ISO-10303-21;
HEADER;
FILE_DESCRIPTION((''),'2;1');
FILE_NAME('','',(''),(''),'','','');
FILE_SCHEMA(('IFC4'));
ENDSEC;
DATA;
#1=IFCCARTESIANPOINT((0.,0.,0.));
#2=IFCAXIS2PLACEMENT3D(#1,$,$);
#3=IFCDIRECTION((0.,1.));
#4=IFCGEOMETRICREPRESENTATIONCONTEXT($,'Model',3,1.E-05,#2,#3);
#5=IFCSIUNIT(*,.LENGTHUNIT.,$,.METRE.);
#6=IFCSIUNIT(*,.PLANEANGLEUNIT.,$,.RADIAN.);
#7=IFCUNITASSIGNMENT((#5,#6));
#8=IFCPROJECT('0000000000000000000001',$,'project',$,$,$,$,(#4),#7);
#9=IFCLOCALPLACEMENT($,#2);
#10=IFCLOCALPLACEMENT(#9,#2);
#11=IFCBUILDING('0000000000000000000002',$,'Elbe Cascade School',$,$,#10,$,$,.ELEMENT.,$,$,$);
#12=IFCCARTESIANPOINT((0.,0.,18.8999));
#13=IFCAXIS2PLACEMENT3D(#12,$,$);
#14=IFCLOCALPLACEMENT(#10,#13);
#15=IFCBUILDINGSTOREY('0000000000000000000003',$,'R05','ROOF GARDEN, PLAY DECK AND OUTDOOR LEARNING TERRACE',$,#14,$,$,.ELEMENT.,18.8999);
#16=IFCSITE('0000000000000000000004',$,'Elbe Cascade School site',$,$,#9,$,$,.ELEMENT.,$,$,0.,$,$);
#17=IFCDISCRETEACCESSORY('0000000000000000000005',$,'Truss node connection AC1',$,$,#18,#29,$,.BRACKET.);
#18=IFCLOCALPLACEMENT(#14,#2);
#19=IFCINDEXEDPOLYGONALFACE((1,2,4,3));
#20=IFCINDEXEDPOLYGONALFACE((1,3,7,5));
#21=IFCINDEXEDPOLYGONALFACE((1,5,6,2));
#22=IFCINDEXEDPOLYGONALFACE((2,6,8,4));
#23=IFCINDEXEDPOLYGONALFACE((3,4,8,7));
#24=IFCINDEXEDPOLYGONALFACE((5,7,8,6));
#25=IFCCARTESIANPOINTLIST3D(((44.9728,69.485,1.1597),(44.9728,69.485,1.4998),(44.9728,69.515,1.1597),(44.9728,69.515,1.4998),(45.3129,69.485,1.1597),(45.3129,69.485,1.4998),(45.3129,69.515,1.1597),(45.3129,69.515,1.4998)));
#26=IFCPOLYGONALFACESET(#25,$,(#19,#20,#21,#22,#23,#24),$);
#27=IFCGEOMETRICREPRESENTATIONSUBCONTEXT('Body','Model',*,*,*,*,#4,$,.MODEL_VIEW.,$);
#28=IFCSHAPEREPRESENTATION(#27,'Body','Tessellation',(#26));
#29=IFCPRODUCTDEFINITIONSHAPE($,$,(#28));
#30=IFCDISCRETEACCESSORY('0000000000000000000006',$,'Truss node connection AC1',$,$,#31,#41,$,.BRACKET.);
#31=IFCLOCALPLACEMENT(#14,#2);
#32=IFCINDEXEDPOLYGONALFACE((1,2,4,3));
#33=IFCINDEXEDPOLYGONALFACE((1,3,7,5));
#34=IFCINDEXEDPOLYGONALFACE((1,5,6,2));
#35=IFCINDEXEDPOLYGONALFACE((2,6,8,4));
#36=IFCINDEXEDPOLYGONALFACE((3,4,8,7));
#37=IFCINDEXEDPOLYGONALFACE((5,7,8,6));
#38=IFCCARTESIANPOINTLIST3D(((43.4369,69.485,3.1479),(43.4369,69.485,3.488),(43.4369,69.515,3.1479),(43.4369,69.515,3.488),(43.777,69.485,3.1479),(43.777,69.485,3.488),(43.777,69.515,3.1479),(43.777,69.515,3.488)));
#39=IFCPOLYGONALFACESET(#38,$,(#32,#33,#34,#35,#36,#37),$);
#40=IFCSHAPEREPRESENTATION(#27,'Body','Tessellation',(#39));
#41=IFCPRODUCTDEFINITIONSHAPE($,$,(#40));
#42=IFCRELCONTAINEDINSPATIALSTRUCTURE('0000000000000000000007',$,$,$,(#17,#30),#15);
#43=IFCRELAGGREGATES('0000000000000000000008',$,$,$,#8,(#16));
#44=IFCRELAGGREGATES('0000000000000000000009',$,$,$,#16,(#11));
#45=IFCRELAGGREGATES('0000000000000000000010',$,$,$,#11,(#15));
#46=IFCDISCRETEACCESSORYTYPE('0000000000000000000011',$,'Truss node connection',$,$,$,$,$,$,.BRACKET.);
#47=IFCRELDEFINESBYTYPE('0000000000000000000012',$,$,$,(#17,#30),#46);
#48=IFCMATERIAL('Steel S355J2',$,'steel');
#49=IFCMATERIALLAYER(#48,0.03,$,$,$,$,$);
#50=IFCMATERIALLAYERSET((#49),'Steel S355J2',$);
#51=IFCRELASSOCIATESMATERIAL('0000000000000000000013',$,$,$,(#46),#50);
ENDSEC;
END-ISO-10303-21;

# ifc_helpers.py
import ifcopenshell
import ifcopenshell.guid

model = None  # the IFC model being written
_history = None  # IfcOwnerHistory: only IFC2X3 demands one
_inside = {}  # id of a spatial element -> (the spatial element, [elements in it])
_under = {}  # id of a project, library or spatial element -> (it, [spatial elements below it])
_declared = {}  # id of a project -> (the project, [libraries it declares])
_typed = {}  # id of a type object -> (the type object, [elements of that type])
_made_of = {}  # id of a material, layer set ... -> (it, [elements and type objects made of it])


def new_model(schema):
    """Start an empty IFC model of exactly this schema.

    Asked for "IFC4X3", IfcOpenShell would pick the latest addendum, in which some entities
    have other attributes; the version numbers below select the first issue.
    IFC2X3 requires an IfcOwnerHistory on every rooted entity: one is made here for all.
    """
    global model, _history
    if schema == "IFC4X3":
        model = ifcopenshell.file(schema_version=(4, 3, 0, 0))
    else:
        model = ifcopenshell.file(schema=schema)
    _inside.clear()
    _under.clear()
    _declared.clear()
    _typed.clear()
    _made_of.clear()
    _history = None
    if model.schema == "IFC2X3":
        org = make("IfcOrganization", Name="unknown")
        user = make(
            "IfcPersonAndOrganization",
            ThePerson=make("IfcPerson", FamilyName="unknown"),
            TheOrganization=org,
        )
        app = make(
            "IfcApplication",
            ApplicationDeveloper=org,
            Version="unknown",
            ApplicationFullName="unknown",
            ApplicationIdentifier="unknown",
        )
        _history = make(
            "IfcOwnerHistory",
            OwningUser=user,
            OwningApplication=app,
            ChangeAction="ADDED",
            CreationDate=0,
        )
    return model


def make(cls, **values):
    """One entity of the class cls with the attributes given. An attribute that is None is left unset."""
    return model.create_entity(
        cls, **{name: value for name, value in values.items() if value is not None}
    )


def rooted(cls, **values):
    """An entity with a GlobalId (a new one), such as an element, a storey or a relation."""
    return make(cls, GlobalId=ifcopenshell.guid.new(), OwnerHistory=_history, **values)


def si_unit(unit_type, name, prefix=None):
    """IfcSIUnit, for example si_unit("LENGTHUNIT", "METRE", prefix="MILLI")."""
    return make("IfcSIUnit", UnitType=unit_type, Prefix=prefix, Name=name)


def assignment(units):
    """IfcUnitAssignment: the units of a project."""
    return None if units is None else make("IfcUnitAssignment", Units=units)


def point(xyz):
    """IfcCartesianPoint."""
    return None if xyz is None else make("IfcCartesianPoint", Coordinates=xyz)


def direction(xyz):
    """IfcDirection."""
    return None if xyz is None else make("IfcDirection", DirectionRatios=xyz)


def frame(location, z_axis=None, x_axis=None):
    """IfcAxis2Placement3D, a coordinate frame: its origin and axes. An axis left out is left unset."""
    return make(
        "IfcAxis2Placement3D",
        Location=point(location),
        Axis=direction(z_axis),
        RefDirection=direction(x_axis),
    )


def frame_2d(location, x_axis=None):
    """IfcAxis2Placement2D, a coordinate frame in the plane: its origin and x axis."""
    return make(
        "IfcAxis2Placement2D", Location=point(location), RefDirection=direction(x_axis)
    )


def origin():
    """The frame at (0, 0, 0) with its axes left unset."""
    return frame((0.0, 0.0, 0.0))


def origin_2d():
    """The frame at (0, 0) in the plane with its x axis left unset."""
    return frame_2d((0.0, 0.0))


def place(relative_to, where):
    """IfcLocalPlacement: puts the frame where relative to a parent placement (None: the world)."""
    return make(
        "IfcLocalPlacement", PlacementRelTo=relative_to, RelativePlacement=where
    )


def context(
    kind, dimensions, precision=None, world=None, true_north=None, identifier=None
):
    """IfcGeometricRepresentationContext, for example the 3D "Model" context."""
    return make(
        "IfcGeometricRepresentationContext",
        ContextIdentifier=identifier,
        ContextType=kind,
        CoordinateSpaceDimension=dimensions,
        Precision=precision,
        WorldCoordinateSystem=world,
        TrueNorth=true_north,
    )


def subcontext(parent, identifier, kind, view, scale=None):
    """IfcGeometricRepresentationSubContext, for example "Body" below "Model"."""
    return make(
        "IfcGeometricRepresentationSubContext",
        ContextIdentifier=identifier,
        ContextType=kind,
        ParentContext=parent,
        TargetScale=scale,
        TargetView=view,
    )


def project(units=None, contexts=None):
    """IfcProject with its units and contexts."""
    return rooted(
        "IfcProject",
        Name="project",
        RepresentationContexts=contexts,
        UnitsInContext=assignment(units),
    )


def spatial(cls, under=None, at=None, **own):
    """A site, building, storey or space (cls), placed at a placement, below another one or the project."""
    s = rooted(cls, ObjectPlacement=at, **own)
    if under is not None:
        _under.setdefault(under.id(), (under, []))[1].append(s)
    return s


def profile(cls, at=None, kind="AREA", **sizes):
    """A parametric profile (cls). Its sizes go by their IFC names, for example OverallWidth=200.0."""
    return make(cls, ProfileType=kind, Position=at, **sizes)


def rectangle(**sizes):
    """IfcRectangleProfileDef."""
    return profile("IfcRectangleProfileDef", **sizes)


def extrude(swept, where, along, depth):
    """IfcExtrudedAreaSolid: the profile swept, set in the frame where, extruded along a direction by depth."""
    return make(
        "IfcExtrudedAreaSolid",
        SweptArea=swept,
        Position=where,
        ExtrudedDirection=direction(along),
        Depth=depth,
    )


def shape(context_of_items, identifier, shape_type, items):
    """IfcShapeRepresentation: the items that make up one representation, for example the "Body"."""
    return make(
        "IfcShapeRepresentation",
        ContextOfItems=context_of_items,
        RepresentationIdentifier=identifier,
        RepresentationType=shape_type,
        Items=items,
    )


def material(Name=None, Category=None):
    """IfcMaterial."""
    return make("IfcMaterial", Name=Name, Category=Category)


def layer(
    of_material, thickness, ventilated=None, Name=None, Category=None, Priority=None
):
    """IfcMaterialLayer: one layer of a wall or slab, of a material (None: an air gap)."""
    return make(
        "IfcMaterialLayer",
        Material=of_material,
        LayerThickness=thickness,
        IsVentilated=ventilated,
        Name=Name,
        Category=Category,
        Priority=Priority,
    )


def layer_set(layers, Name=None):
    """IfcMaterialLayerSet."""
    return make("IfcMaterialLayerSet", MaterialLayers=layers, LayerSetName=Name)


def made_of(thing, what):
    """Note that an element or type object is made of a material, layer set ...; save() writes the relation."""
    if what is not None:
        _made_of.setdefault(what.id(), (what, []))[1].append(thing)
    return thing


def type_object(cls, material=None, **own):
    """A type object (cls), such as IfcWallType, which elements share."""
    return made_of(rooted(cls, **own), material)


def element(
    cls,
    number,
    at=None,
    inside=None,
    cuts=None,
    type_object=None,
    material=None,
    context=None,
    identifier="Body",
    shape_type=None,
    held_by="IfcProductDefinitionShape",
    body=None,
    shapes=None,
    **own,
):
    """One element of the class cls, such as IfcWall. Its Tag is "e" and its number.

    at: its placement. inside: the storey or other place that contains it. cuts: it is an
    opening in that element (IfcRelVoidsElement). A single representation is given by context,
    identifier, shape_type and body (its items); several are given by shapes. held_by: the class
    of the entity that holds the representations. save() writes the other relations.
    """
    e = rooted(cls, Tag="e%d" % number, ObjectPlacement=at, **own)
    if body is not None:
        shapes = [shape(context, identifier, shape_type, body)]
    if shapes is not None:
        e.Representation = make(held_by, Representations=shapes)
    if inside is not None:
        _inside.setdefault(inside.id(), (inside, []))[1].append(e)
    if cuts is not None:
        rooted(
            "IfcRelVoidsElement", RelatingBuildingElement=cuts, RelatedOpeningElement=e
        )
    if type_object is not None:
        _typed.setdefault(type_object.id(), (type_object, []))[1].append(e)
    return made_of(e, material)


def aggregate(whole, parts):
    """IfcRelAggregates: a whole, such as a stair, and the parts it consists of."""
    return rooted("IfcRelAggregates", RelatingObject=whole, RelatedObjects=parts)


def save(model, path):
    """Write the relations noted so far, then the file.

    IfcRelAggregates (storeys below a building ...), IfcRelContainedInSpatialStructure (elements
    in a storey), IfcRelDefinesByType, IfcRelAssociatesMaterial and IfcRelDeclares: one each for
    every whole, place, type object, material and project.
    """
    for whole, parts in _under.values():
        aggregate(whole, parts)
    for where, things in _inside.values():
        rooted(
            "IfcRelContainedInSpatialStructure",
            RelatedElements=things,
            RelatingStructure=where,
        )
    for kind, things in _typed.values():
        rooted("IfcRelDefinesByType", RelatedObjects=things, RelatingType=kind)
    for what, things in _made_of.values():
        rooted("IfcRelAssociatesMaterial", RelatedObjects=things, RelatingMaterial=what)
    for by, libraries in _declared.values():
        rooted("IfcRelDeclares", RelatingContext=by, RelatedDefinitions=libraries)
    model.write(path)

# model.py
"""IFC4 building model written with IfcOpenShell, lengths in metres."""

from ifc_helpers import new_model, si_unit, direction, frame, origin, origin_2d, place, context, subcontext, project, spatial, rectangle, extrude, material, layer, layer_set, type_object, element, save


model = new_model("IFC4")

# Units and contexts
model_context = context("Model", 3, precision=1e-05, world=origin(), true_north=direction((0.0, 1.0)))
body_context = subcontext(model_context, "Body", "Model", "MODEL_VIEW")
ifc_project = project(units=[si_unit("LENGTHUNIT", "METRE"), si_unit("PLANEANGLEUNIT", "RADIAN")], contexts=[model_context])

# Site, building, storey
site_placement = place(None, origin())
site = spatial("IfcSite", under=ifc_project, at=site_placement, Name="Elbe Cascade School site", CompositionType="ELEMENT", RefElevation=0.0)
building_placement = place(site_placement, origin())
building = spatial("IfcBuilding", under=site, at=building_placement, Name="Elbe Cascade School", CompositionType="ELEMENT")
storey_placement = place(building_placement, frame((0.0, 0.0, 18.8999)))
storey = spatial("IfcBuildingStorey", under=building, at=storey_placement, Name="R05", Description="ROOF GARDEN, PLAY DECK AND OUTDOOR LEARNING TERRACE", CompositionType="ELEMENT", Elevation=18.8999)

# Discrete accessories
ifc_material_1 = material(Name="Steel S355J2", Category="steel")
ifc_layer_1 = layer(ifc_material_1, 0.03)
ifc_layer_set_1 = layer_set([ifc_layer_1], Name="Steel S355J2")
discrete_accessory_type_1 = type_object("IfcDiscreteAccessoryType", Name="Truss node connection", PredefinedType="BRACKET", material=ifc_layer_set_1)
for number, where, z_axis, x_axis, name in (
    (1, (45.1428, 69.5, 1.1597), (0.0, 0.0, 1.0), (1.0, 0.0, 0.0), "Truss node connection AC1"),
    (2, (43.6069, 69.5, 3.1479), (0.0, 0.0, 1.0), (1.0, 0.0, 0.0), "Truss node connection AC1"),
):
    element("IfcDiscreteAccessory", number, at=place(storey_placement, frame(where, z_axis=z_axis, x_axis=x_axis)), inside=storey, type_object=discrete_accessory_type_1, Name=name, PredefinedType="BRACKET", context=body_context, shape_type="SweptSolid", body=[
        extrude(rectangle(XDim=0.3401, YDim=0.03, at=origin_2d()), origin(), (0.0, 0.0, 1.0), 0.3401),
    ])

save(model, "model.ifc")
